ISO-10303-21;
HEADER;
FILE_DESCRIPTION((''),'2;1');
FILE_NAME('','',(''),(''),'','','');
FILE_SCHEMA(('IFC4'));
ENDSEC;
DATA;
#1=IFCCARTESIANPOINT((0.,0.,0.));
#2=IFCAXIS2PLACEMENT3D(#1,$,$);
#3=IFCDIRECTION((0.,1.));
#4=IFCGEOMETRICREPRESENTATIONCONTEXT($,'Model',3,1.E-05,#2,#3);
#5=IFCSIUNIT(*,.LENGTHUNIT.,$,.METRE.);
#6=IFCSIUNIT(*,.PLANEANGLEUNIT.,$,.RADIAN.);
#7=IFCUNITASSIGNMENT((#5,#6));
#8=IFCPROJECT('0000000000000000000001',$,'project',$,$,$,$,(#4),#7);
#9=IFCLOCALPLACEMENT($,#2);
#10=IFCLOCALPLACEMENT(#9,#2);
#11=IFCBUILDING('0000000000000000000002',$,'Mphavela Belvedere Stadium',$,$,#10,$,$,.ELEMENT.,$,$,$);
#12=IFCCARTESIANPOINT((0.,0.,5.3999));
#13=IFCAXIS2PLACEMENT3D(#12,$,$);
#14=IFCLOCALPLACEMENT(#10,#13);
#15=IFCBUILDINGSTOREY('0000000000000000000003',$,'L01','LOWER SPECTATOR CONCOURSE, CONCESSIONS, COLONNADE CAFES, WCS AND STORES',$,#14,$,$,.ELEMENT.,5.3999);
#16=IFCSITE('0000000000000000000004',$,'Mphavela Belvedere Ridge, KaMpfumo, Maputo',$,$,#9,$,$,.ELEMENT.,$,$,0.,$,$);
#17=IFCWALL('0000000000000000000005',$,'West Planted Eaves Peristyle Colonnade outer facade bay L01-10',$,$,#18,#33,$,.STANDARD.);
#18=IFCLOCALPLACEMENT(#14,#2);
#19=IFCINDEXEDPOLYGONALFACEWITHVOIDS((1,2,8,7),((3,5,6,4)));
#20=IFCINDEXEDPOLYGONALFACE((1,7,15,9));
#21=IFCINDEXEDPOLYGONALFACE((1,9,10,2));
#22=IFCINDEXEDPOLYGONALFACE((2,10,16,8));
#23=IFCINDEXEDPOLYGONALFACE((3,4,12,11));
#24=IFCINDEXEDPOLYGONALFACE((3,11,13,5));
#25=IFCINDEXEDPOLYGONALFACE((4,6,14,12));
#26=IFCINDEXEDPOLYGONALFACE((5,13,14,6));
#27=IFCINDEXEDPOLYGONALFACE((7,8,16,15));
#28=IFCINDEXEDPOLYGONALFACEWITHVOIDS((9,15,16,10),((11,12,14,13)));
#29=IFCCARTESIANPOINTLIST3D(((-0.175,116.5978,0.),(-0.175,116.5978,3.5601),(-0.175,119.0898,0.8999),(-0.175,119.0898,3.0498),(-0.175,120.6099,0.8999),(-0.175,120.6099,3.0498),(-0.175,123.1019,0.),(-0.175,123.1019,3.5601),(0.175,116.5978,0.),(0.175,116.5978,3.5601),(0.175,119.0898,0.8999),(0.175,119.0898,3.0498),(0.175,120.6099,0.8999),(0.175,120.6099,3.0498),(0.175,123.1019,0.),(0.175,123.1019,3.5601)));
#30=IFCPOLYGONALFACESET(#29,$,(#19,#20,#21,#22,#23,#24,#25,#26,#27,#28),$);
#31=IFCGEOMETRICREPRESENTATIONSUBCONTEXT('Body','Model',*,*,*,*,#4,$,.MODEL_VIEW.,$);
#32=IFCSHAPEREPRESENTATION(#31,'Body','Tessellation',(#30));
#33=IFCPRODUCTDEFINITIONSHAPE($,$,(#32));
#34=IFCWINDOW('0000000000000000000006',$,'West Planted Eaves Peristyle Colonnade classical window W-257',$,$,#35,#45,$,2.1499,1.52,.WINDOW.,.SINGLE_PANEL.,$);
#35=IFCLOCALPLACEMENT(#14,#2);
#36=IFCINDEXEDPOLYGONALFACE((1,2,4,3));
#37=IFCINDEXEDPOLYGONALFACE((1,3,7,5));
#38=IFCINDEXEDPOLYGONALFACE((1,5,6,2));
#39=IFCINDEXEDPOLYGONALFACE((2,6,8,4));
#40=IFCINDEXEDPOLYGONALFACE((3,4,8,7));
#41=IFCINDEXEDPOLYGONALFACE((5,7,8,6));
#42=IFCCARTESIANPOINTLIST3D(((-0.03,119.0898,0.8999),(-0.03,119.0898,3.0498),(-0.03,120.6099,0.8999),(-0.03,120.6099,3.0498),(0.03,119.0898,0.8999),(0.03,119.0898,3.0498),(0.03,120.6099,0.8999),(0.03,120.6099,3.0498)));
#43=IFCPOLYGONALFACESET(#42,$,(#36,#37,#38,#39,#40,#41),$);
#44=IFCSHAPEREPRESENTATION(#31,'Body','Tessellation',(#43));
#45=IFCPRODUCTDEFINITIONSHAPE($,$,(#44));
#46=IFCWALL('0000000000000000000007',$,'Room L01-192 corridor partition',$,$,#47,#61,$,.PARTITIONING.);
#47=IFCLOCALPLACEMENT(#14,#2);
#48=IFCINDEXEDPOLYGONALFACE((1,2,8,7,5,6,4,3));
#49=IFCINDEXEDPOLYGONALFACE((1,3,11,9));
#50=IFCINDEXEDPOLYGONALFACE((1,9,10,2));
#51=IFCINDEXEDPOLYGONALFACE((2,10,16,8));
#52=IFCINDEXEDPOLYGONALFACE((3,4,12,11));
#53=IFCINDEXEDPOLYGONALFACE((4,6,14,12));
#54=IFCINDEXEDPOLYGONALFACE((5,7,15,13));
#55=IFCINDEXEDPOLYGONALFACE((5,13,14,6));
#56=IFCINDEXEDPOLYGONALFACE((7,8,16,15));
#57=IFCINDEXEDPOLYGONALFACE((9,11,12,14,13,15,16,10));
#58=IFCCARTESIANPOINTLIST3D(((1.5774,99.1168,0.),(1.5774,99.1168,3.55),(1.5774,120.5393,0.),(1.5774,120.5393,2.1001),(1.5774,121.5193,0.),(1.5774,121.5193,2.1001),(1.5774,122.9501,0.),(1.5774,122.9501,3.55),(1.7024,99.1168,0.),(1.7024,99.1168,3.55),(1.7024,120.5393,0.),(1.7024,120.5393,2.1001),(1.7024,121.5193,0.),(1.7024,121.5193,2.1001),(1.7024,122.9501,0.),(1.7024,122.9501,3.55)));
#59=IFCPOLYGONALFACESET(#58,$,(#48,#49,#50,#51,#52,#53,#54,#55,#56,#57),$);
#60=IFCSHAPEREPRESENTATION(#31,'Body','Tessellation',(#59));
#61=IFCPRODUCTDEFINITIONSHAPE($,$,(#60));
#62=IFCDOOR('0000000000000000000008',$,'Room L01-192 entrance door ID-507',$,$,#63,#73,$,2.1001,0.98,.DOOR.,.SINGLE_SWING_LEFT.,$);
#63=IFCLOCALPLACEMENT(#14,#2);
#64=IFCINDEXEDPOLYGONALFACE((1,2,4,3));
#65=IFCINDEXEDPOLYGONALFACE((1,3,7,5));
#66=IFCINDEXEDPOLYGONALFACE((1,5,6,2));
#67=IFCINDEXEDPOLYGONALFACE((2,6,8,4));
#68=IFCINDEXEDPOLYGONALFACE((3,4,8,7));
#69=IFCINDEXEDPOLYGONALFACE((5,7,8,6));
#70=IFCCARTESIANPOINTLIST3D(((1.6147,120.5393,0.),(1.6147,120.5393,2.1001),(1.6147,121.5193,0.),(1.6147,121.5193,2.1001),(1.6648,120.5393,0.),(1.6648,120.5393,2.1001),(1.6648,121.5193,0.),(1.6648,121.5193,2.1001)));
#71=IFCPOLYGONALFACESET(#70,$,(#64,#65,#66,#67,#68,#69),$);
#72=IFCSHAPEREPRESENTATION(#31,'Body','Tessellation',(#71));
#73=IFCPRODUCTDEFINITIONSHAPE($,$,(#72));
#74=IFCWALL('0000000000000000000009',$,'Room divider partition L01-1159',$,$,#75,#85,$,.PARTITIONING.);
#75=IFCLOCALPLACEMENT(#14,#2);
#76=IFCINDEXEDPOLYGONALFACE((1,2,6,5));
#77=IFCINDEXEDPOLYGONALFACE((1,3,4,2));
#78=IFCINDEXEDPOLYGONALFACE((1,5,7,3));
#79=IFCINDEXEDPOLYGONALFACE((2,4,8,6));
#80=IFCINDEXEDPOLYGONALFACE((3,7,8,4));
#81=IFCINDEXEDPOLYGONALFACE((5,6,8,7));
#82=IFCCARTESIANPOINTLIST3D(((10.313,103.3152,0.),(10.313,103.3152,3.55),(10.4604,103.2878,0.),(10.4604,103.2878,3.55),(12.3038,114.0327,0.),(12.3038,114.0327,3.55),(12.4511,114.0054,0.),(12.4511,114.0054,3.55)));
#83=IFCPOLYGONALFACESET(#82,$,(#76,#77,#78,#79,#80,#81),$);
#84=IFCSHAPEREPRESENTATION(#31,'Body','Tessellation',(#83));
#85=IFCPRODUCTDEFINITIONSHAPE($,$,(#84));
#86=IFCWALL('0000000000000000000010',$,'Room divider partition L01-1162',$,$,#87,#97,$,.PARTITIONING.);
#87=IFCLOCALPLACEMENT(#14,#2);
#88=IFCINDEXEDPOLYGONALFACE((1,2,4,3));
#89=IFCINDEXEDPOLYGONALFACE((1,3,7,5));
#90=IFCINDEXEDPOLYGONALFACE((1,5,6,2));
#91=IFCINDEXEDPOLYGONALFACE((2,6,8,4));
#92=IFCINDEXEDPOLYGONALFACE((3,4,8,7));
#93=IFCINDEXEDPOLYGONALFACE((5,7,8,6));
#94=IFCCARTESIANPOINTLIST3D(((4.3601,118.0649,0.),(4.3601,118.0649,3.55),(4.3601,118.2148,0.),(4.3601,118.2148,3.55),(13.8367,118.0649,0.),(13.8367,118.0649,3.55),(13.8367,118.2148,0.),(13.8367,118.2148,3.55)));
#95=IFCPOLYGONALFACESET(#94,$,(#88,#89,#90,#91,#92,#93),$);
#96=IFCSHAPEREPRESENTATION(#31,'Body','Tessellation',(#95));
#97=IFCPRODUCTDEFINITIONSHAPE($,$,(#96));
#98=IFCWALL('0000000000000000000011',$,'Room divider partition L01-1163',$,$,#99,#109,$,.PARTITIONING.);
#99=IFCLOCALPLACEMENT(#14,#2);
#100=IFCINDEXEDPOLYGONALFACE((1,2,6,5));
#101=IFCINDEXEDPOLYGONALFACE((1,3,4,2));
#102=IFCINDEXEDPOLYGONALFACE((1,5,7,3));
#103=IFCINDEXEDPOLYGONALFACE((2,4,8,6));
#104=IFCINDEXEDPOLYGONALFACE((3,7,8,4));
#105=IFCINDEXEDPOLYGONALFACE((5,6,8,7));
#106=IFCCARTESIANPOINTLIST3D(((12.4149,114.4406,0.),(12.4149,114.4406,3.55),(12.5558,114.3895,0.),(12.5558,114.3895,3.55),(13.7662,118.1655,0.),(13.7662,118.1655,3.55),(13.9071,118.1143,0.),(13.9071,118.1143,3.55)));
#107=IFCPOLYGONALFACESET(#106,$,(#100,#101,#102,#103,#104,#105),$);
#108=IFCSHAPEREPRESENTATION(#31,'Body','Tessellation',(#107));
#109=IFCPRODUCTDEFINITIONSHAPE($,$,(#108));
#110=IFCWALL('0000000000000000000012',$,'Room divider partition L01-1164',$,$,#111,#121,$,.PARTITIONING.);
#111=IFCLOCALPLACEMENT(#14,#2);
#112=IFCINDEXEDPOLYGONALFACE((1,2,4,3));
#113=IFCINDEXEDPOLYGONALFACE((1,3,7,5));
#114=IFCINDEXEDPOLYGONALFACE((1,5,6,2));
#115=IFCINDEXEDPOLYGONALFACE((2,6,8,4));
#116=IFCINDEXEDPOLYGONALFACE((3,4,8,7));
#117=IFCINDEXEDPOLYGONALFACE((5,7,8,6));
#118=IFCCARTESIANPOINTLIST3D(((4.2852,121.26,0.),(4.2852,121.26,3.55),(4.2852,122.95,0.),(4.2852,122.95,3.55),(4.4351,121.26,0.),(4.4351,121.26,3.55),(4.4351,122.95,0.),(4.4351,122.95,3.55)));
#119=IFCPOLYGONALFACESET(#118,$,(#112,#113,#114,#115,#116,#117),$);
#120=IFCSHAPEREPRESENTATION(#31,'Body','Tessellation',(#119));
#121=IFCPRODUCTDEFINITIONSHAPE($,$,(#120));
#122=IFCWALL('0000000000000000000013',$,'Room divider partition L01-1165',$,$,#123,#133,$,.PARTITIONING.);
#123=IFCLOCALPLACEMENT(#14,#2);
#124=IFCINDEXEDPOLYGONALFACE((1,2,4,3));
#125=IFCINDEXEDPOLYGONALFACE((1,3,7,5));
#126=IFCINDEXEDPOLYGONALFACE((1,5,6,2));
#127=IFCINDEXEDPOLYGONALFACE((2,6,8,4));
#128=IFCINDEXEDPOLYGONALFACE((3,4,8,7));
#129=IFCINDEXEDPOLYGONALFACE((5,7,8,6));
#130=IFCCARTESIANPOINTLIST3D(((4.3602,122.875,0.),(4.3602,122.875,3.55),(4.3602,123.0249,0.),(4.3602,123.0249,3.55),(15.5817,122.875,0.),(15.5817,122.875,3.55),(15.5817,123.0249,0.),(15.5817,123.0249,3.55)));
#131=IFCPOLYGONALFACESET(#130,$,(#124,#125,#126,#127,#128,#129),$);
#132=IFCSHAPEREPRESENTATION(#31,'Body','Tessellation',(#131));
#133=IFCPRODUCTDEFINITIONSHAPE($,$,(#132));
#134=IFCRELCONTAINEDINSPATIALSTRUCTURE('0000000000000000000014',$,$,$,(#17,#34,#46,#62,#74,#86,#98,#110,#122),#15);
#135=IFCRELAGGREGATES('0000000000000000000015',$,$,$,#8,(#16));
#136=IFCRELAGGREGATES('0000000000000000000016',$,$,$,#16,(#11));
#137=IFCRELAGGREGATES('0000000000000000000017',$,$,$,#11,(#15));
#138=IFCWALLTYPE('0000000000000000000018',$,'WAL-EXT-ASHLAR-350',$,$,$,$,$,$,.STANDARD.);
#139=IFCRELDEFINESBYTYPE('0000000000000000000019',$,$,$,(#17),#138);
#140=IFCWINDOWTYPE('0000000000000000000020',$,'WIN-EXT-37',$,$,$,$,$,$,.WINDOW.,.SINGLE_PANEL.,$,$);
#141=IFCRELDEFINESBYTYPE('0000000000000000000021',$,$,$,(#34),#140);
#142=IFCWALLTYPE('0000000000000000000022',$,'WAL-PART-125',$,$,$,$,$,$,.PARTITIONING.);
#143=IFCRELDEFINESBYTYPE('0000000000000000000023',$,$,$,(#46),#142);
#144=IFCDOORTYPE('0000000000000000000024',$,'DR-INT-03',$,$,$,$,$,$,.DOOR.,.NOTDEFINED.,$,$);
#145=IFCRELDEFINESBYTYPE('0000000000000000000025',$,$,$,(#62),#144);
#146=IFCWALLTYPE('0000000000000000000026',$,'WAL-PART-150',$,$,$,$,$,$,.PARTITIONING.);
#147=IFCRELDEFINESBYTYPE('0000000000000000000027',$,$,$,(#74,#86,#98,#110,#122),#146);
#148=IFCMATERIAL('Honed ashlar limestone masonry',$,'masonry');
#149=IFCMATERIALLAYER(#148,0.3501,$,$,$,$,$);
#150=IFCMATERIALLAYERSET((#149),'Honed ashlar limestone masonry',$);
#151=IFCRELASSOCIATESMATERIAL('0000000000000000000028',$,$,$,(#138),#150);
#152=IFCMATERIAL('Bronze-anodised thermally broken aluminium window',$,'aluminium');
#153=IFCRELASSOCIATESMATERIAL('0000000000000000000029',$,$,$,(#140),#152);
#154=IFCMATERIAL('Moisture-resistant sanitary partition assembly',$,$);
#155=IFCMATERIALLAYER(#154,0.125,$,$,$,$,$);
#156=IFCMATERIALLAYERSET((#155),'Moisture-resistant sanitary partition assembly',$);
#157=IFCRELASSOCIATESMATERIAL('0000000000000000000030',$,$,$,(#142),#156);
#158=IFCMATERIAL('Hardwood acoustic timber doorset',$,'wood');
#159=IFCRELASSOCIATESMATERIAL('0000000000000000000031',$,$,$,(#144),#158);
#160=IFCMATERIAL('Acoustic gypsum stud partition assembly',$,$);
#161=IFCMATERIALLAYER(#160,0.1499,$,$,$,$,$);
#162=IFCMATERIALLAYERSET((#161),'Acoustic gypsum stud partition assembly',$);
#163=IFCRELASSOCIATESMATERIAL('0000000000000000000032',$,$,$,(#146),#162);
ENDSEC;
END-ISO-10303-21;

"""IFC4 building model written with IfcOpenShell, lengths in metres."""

from ifc_helpers import new_model, si_unit, direction, frame, frame_2d, origin, place, context, subcontext, project, spatial, rectangle, extrude, material, layer, layer_set, type_object, element, fill, save


model = new_model("IFC4")

# Units and contexts
model_context = context("Model", 3, precision=1e-05, world=origin(), true_north=direction((0.0, 1.0)))
body_context = subcontext(model_context, "Body", "Model", "MODEL_VIEW")
ifc_project = project(units=[si_unit("LENGTHUNIT", "METRE"), si_unit("PLANEANGLEUNIT", "RADIAN")], contexts=[model_context])

# Site, building, storey
site_placement = place(None, origin())
site = spatial("IfcSite", under=ifc_project, at=site_placement, Name="Mphavela Belvedere Ridge, KaMpfumo, Maputo", CompositionType="ELEMENT", RefElevation=0.0)
building_placement = place(site_placement, origin())
building = spatial("IfcBuilding", under=site, at=building_placement, Name="Mphavela Belvedere Stadium", CompositionType="ELEMENT")
storey_placement = place(building_placement, frame((0.0, 0.0, 5.3999)))
storey = spatial("IfcBuildingStorey", under=building, at=storey_placement, Name="L01", Description="LOWER SPECTATOR CONCOURSE, CONCESSIONS, COLONNADE CAFES, WCS AND STORES", CompositionType="ELEMENT", Elevation=5.3999)

# Wall, opening, window
ifc_material_1 = material(Name="Honed ashlar limestone masonry", Category="masonry")
ifc_layer_1 = layer(ifc_material_1, 0.3501)
ifc_layer_set_1 = layer_set([ifc_layer_1], Name="Honed ashlar limestone masonry")
wall_type_1 = type_object("IfcWallType", Name="WAL-EXT-ASHLAR-350", PredefinedType="STANDARD", material=ifc_layer_set_1)
wall_1_placement = place(storey_placement, frame((0.0, 116.5979, 0.0), z_axis=(0.0, 0.0, 1.0), x_axis=(0.0, 1.0, 0.0)))
wall_1 = element("IfcWall", 1, at=wall_1_placement, inside=storey, type_object=wall_type_1, Name="West Planted Eaves Peristyle Colonnade outer facade bay L01-10", PredefinedType="STANDARD", context=body_context, shape_type="SweptSolid", body=[
    extrude(rectangle(XDim=6.5042, YDim=0.3501, at=frame_2d((3.252, 0.0))), origin(), (0.0, 0.0, 1.0), 3.5601),
])
opening_1_placement = place(wall_1_placement, frame((2.4919, 0.0, 0.8999)))
opening_1 = element("IfcOpeningElement", 2, at=opening_1_placement, cuts=wall_1, PredefinedType="OPENING", context=body_context, shape_type="SweptSolid", body=[
    extrude(rectangle(XDim=1.52, YDim=2.1499, at=frame_2d((0.76, 1.075))), frame((0.0, 0.1851, 0.0), z_axis=(0.0, -1.0, 0.0), x_axis=(1.0, 0.0, 0.0)), (0.0, 0.0, 1.0), 0.3701),
])
ifc_material_2 = material(Name="Bronze-anodised thermally broken aluminium window", Category="aluminium")
window_type = type_object("IfcWindowType", Name="WIN-EXT-37", PartitioningType="SINGLE_PANEL", PredefinedType="WINDOW", material=ifc_material_2)
window_placement = place(opening_1_placement, origin())
window = element("IfcWindow", 3, at=window_placement, inside=storey, type_object=window_type, Name="West Planted Eaves Peristyle Colonnade classical window W-257", OverallHeight=2.1499, OverallWidth=1.52, PartitioningType="SINGLE_PANEL", PredefinedType="WINDOW", context=body_context, shape_type="SweptSolid", body=[
    extrude(rectangle(XDim=1.52, YDim=2.1499, at=frame_2d((0.76, 1.075))), frame((0.0, 0.03, 0.0), z_axis=(0.0, -1.0, 0.0), x_axis=(1.0, 0.0, 0.0)), (0.0, 0.0, 1.0), 0.0601),
])
fill(opening_1, window)

# Wall, opening, door
ifc_material_3 = material(Name="Moisture-resistant sanitary partition assembly")
ifc_layer_2 = layer(ifc_material_3, 0.125)
ifc_layer_set_2 = layer_set([ifc_layer_2], Name="Moisture-resistant sanitary partition assembly")
wall_type_2 = type_object("IfcWallType", Name="WAL-PART-125", PredefinedType="PARTITIONING", material=ifc_layer_set_2)
wall_2_placement = place(storey_placement, frame((1.6399, 122.95, 0.0), z_axis=(0.0, 0.0, 1.0), x_axis=(0.0, -1.0, 0.0)))
wall_2 = element("IfcWall", 4, at=wall_2_placement, inside=storey, type_object=wall_type_2, Name="Room L01-192 corridor partition", PredefinedType="PARTITIONING", context=body_context, shape_type="SweptSolid", body=[
    extrude(rectangle(XDim=23.8333, YDim=0.125, at=frame_2d((11.9165, 0.0))), origin(), (0.0, 0.0, 1.0), 3.55),
])
opening_2_placement = place(wall_2_placement, frame((1.4307, 0.0, 0.0)))
opening_2 = element("IfcOpeningElement", 5, at=opening_2_placement, cuts=wall_2, PredefinedType="OPENING", context=body_context, shape_type="SweptSolid", body=[
    extrude(rectangle(XDim=0.98, YDim=2.1001, at=frame_2d((0.49, 1.05))), frame((0.0, 0.0725, 0.0), z_axis=(0.0, -1.0, 0.0), x_axis=(1.0, 0.0, 0.0)), (0.0, 0.0, 1.0), 0.145),
])
ifc_material_4 = material(Name="Hardwood acoustic timber doorset", Category="wood")
door_type = type_object("IfcDoorType", Name="DR-INT-03", OperationType="NOTDEFINED", PredefinedType="DOOR", material=ifc_material_4)
door_placement = place(opening_2_placement, origin())
door = element("IfcDoor", 6, at=door_placement, inside=storey, type_object=door_type, Name="Room L01-192 entrance door ID-507", OperationType="SINGLE_SWING_LEFT", OverallHeight=2.1001, OverallWidth=0.98, PredefinedType="DOOR", context=body_context, shape_type="SweptSolid", body=[
    extrude(rectangle(XDim=0.98, YDim=2.1001, at=frame_2d((0.49, 1.05))), frame((0.0, 0.0249, 0.0), z_axis=(0.0, -1.0, 0.0), x_axis=(1.0, 0.0, 0.0)), (0.0, 0.0, 1.0), 0.05),
])
fill(opening_2, door)

# Walls
ifc_material_5 = material(Name="Acoustic gypsum stud partition assembly")
ifc_layer_3 = layer(ifc_material_5, 0.1499)
ifc_layer_set_3 = layer_set([ifc_layer_3], Name="Acoustic gypsum stud partition assembly")
wall_type_3 = type_object("IfcWallType", Name="WAL-PART-150", PredefinedType="PARTITIONING", material=ifc_layer_set_3)
wall_3_placement = place(storey_placement, frame((12.3774, 114.019, 0.0), z_axis=(0.0, 0.0, 1.0), x_axis=(-0.182621, -0.983183, 0.0)))
element("IfcWall", 7, at=wall_3_placement, inside=storey, type_object=wall_type_3, Name="Room divider partition L01-1159", PredefinedType="PARTITIONING", context=body_context, shape_type="SweptSolid", body=[
    extrude(rectangle(XDim=10.9009, YDim=0.1499, at=frame_2d((5.4504, 0.0))), origin(), (0.0, 0.0, 1.0), 3.55),
])
wall_4_placement = place(storey_placement, frame((4.3601, 118.1399, 0.0), z_axis=(0.0, 0.0, 1.0), x_axis=(1.0, 0.0, 0.0)))
element("IfcWall", 8, at=wall_4_placement, inside=storey, type_object=wall_type_3, Name="Room divider partition L01-1162", PredefinedType="PARTITIONING", context=body_context, shape_type="SweptSolid", body=[
    extrude(rectangle(XDim=9.4766, YDim=0.1499, at=frame_2d((4.7383, 0.0))), origin(), (0.0, 0.0, 1.0), 3.55),
])
wall_5_placement = place(storey_placement, frame((13.8367, 118.1399, 0.0), z_axis=(0.0, 0.0, 1.0), x_axis=(-0.341036, -0.94005, 0.0)))
element("IfcWall", 9, at=wall_5_placement, inside=storey, type_object=wall_type_3, Name="Room divider partition L01-1163", PredefinedType="PARTITIONING", context=body_context, shape_type="SweptSolid", body=[
    extrude(rectangle(XDim=3.9624, YDim=0.1499, at=frame_2d((1.9812, 0.0))), origin(), (0.0, 0.0, 1.0), 3.55),
])
wall_6_placement = place(storey_placement, frame((4.3601, 121.26, 0.0), z_axis=(0.0, 0.0, 1.0), x_axis=(0.0, 1.0, 0.0)))
element("IfcWall", 10, at=wall_6_placement, inside=storey, type_object=wall_type_3, Name="Room divider partition L01-1164", PredefinedType="PARTITIONING", context=body_context, shape_type="SweptSolid", body=[
    extrude(rectangle(XDim=1.6899, YDim=0.1499, at=frame_2d((0.845, 0.0))), origin(), (0.0, 0.0, 1.0), 3.55),
])
wall_7_placement = place(storey_placement, frame((4.3601, 122.95, 0.0), z_axis=(0.0, 0.0, 1.0), x_axis=(1.0, 0.0, 0.0)))
element("IfcWall", 11, at=wall_7_placement, inside=storey, type_object=wall_type_3, Name="Room divider partition L01-1165", PredefinedType="PARTITIONING", context=body_context, shape_type="SweptSolid", body=[
    extrude(rectangle(XDim=11.2214, YDim=0.1499, at=frame_2d((5.6108, 0.0))), origin(), (0.0, 0.0, 1.0), 3.55),
])

save(model, "model.ifc")
